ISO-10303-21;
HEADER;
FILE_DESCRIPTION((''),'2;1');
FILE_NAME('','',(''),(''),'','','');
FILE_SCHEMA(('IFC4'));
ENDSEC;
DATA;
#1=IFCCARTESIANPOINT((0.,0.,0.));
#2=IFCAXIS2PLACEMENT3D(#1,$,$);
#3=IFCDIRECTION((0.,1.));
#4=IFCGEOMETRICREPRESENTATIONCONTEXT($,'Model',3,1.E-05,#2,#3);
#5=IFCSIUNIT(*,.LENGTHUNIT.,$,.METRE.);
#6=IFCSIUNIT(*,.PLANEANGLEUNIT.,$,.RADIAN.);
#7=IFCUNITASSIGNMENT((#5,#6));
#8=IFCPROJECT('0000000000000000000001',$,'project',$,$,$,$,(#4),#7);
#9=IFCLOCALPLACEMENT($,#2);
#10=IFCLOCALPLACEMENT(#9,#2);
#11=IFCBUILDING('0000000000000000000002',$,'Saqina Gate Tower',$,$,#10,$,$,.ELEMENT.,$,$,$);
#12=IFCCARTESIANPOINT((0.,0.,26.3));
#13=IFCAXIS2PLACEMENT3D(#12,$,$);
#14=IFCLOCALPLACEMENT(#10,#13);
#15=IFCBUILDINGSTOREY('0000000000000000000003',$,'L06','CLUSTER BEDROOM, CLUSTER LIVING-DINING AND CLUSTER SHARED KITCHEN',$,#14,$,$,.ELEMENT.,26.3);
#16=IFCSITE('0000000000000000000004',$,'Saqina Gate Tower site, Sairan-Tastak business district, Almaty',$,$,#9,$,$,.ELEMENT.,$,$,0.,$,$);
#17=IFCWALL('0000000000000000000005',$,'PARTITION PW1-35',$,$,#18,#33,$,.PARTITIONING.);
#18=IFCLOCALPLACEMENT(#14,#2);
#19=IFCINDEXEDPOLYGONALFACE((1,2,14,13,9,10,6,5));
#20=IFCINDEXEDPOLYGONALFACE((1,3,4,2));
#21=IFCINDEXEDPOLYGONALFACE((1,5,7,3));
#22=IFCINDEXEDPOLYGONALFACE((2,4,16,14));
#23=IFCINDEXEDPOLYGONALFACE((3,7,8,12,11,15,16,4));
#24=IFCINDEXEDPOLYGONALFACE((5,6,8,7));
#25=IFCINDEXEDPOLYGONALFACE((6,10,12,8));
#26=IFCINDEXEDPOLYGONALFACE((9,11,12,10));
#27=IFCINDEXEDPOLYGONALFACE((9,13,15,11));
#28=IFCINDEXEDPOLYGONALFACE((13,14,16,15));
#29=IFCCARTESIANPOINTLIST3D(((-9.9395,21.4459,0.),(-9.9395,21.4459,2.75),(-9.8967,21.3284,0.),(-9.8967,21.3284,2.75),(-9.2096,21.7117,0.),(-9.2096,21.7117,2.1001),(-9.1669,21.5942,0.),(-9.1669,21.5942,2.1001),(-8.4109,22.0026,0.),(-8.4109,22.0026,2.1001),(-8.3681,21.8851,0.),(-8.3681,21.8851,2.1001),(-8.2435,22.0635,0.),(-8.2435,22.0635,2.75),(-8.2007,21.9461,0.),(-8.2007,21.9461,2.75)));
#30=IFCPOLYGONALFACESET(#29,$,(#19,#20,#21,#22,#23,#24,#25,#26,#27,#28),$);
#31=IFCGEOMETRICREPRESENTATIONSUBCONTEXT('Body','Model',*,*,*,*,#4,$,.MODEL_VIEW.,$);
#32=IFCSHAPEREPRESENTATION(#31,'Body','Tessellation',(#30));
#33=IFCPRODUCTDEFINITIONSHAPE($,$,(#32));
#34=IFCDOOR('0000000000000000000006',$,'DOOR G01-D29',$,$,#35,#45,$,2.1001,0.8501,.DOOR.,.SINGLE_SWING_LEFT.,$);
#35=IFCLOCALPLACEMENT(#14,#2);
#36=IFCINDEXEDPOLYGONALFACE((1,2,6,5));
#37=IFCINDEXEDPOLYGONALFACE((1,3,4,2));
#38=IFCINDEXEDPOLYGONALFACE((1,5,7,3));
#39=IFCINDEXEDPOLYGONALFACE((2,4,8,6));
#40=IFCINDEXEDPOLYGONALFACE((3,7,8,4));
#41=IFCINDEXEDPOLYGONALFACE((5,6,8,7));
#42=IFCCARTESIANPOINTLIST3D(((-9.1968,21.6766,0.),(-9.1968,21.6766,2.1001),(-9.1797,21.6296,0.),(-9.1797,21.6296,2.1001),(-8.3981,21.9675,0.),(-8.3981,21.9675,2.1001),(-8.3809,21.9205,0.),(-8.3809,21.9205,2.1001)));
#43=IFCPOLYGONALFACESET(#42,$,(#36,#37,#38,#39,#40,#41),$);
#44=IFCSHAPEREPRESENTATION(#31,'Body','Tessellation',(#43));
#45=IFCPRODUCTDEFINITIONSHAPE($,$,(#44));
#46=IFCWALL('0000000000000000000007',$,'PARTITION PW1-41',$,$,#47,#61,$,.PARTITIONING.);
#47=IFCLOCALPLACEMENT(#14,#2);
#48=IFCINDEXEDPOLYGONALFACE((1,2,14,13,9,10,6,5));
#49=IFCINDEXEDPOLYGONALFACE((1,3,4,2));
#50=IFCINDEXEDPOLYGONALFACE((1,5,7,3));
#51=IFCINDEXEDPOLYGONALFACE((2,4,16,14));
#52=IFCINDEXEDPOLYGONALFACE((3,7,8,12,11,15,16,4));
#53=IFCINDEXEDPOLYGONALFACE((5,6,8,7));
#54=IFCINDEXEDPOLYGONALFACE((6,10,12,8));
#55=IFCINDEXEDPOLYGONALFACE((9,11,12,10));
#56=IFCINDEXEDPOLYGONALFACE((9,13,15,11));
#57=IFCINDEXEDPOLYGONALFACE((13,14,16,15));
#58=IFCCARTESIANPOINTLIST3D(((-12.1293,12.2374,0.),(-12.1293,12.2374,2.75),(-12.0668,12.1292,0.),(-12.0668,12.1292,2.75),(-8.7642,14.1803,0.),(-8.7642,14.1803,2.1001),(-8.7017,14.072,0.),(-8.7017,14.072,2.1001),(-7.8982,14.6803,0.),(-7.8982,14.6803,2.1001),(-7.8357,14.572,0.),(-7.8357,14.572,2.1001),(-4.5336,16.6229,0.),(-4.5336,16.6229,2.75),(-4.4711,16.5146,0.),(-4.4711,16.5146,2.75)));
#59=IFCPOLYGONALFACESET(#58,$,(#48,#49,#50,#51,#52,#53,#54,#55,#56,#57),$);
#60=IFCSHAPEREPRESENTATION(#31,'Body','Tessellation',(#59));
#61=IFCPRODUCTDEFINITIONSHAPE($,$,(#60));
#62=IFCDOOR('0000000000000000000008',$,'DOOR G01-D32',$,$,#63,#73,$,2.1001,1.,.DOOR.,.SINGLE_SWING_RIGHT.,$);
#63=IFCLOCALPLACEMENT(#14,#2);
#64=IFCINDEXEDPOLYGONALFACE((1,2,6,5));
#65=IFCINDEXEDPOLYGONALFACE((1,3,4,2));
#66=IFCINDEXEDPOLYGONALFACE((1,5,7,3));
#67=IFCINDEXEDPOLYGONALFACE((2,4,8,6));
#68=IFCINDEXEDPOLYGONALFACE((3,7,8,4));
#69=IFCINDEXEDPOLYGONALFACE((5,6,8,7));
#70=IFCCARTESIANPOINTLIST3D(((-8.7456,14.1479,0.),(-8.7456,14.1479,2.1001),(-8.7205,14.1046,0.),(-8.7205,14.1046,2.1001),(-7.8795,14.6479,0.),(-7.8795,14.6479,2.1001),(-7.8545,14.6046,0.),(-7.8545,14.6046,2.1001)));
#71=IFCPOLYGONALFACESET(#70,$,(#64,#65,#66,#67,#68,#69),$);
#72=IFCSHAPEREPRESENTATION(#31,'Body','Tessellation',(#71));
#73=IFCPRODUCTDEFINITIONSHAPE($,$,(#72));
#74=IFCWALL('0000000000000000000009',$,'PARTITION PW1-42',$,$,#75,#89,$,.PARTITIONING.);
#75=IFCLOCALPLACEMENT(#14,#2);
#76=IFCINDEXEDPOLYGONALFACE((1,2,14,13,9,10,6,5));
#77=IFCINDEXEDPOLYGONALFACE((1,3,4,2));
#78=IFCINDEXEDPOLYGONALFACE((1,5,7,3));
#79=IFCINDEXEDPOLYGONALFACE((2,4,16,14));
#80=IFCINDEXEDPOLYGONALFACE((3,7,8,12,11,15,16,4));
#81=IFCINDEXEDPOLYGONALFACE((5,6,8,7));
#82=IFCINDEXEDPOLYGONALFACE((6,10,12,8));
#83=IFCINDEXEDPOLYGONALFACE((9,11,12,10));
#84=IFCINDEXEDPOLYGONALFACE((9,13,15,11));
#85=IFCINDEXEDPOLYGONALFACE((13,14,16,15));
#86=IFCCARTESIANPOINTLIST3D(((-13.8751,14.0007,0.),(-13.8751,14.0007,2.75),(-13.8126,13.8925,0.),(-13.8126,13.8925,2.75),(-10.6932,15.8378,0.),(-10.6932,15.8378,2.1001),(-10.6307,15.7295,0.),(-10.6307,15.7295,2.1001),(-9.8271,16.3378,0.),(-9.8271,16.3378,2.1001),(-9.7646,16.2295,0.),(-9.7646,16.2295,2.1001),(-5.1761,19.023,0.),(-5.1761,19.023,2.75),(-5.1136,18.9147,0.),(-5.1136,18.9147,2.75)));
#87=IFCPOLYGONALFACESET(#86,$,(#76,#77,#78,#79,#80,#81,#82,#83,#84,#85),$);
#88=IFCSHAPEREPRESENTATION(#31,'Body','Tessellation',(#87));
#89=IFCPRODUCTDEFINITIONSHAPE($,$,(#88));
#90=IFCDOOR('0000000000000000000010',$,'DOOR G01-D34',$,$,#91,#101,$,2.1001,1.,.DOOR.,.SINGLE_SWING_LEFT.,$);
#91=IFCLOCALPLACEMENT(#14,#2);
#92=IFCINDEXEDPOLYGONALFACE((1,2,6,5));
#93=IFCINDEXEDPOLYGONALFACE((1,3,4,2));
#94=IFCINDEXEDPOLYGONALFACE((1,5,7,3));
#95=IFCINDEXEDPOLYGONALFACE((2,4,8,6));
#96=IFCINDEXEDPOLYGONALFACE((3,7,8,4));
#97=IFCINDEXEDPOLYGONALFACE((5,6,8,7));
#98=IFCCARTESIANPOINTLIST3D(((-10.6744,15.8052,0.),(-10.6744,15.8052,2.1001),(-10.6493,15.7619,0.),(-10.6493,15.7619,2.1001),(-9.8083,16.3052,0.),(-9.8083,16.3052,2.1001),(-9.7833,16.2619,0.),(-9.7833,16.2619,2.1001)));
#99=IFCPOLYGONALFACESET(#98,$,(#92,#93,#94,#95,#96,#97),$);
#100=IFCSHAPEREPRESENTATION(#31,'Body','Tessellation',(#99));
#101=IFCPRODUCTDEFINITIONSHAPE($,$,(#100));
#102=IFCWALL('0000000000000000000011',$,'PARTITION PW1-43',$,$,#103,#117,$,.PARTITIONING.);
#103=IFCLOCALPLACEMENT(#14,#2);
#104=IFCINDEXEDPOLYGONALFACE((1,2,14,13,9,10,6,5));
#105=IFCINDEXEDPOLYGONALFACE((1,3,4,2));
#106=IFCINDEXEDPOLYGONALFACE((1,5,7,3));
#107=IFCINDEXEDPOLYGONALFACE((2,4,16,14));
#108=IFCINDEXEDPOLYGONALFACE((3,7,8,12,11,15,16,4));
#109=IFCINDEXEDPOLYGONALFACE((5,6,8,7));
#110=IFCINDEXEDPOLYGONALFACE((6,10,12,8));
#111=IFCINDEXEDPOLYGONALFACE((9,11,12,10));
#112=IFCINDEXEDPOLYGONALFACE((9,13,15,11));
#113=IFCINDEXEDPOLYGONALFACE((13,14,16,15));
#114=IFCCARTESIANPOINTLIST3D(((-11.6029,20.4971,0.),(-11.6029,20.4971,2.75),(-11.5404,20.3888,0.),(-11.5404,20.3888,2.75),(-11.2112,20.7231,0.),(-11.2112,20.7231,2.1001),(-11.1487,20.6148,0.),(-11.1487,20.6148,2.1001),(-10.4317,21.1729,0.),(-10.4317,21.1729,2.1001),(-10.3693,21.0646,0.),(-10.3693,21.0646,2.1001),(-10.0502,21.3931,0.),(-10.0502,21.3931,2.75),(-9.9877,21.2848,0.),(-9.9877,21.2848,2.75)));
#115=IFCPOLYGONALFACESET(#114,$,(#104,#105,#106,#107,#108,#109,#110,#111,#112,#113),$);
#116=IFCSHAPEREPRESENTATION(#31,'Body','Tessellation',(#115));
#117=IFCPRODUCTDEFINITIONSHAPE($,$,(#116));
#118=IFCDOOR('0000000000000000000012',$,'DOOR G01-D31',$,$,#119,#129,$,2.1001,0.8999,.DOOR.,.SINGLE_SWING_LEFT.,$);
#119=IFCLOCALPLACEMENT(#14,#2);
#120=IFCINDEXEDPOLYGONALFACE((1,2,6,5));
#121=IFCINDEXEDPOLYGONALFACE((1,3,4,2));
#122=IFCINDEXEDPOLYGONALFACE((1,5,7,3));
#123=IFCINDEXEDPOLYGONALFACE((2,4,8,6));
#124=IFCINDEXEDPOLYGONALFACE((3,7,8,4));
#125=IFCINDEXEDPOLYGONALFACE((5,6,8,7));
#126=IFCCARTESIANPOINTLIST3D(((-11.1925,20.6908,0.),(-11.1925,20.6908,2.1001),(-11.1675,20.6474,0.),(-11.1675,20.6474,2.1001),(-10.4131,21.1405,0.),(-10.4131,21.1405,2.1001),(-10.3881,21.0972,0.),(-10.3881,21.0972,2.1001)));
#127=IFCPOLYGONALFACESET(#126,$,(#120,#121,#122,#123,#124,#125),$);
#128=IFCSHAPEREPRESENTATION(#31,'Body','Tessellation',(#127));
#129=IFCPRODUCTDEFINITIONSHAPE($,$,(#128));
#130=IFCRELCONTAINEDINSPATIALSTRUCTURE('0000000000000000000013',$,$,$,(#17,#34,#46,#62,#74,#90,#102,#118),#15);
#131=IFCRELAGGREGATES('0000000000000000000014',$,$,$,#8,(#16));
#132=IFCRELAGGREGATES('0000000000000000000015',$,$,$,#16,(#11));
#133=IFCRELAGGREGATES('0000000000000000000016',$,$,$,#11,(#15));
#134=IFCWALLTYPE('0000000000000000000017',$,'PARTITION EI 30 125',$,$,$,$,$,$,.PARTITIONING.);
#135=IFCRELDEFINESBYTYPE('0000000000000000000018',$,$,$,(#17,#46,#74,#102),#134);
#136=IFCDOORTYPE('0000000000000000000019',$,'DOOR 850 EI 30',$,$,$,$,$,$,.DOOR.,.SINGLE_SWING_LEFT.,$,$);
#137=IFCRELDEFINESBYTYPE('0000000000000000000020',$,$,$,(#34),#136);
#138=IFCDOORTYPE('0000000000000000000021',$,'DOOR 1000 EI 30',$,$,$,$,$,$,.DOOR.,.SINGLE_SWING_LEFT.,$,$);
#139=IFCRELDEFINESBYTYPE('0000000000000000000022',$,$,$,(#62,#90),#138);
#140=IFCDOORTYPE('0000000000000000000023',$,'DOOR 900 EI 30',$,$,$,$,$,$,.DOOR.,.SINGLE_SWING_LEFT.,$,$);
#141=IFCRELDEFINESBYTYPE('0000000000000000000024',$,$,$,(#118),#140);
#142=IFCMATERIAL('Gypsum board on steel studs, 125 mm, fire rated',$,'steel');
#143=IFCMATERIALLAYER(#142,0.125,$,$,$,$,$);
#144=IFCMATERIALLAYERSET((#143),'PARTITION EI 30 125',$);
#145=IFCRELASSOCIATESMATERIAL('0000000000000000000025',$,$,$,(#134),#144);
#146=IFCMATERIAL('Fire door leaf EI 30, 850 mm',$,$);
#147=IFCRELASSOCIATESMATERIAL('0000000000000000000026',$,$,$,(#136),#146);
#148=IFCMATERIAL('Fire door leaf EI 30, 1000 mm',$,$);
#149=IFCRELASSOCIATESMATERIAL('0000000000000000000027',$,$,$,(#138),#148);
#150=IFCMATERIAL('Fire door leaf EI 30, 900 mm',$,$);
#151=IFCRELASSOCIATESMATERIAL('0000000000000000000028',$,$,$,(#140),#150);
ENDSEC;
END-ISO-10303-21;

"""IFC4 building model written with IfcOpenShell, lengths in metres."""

from ifc_helpers import new_model, si_unit, direction, frame, frame_2d, origin, place, context, subcontext, project, spatial, rectangle, extrude, material, layer, layer_set, type_object, element, fill, save


model = new_model("IFC4")

# Units and contexts
model_context = context("Model", 3, precision=1e-05, world=origin(), true_north=direction((0.0, 1.0)))
body_context = subcontext(model_context, "Body", "Model", "MODEL_VIEW")
ifc_project = project(units=[si_unit("LENGTHUNIT", "METRE"), si_unit("PLANEANGLEUNIT", "RADIAN")], contexts=[model_context])

# Site, building, storey
site_placement = place(None, origin())
site = spatial("IfcSite", under=ifc_project, at=site_placement, Name="Saqina Gate Tower site, Sairan-Tastak business district, Almaty", CompositionType="ELEMENT", RefElevation=0.0)
building_placement = place(site_placement, origin())
building = spatial("IfcBuilding", under=site, at=building_placement, Name="Saqina Gate Tower", CompositionType="ELEMENT")
storey_placement = place(building_placement, frame((0.0, 0.0, 26.3)))
storey = spatial("IfcBuildingStorey", under=building, at=storey_placement, Name="L06", Description="CLUSTER BEDROOM, CLUSTER LIVING-DINING AND CLUSTER SHARED KITCHEN", CompositionType="ELEMENT", Elevation=26.3)

# Shared definitions
ifc_material_1 = material(Name="Gypsum board on steel studs, 125 mm, fire rated", Category="steel")
ifc_layer_1 = layer(ifc_material_1, 0.125)
ifc_layer_set_1 = layer_set([ifc_layer_1], Name="PARTITION EI 30 125")
wall_type_1 = type_object("IfcWallType", Name="PARTITION EI 30 125", PredefinedType="PARTITIONING", material=ifc_layer_set_1)

# Walls, openings, doors
wall_1_placement = place(storey_placement, frame((-9.918, 21.3872, 0.0), z_axis=(0.0, 0.0, 1.0), x_axis=(0.939627, 0.342199, 0.0)))
wall_1 = element("IfcWall", 1, at=wall_1_placement, inside=storey, type_object=wall_type_1, Name="PARTITION PW1-35", PredefinedType="PARTITIONING", context=body_context, shape_type="SweptSolid", body=[
    extrude(rectangle(XDim=1.8049, YDim=0.125, at=frame_2d((0.9023, 0.0))), origin(), (0.0, 0.0, 1.0), 2.75),
])
opening_1_placement = place(wall_1_placement, frame((0.7766, 0.0, 0.0)))
opening_1 = element("IfcOpeningElement", 2, at=opening_1_placement, cuts=wall_1, PredefinedType="OPENING", context=body_context, shape_type="SweptSolid", body=[
    extrude(rectangle(XDim=0.8501, YDim=2.1001, at=frame_2d((0.425, 1.05))), frame((0.0, 0.0745, 0.0), z_axis=(0.0, -1.0, 0.0), x_axis=(1.0, 0.0, 0.0)), (0.0, 0.0, 1.0), 0.1489),
])
ifc_material_2 = material(Name="Fire door leaf EI 30, 850 mm")
door_type_1 = type_object("IfcDoorType", Name="DOOR 850 EI 30", OperationType="SINGLE_SWING_LEFT", PredefinedType="DOOR", material=ifc_material_2)
door_1_placement = place(opening_1_placement, frame((0.8501, 0.0, 0.0), z_axis=(0.0, 0.0, 1.0), x_axis=(-1.0, 0.0, 0.0)))
door_1 = element("IfcDoor", 3, at=door_1_placement, inside=storey, type_object=door_type_1, Name="DOOR G01-D29", OperationType="SINGLE_SWING_LEFT", OverallHeight=2.1001, OverallWidth=0.8501, PredefinedType="DOOR", context=body_context, shape_type="SweptSolid", body=[
    extrude(rectangle(XDim=0.8501, YDim=2.1001, at=frame_2d((0.425, 1.05))), frame((0.0, 0.0249, 0.0), z_axis=(0.0, -1.0, 0.0), x_axis=(1.0, 0.0, 0.0)), (0.0, 0.0, 1.0), 0.05),
])
fill(opening_1, door_1)
wall_2_placement = place(storey_placement, frame((-12.0979, 12.1833, 0.0), z_axis=(0.0, 0.0, 1.0), x_axis=(0.86602, 0.50001, 0.0)))
wall_2 = element("IfcWall", 4, at=wall_2_placement, inside=storey, type_object=wall_type_1, Name="PARTITION PW1-41", PredefinedType="PARTITIONING", context=body_context, shape_type="SweptSolid", body=[
    extrude(rectangle(XDim=8.7708, YDim=0.125, at=frame_2d((4.3853, 0.0))), origin(), (0.0, 0.0, 1.0), 2.75),
])
opening_2_placement = place(wall_2_placement, frame((3.8855, 0.0, 0.0)))
opening_2 = element("IfcOpeningElement", 5, at=opening_2_placement, cuts=wall_2, PredefinedType="OPENING", context=body_context, shape_type="SweptSolid", body=[
    extrude(rectangle(XDim=1.0, YDim=2.1001, at=frame_2d((0.5, 1.05))), frame((0.0, 0.0745, 0.0), z_axis=(0.0, -1.0, 0.0), x_axis=(1.0, 0.0, 0.0)), (0.0, 0.0, 1.0), 0.1489),
])
ifc_material_3 = material(Name="Fire door leaf EI 30, 1000 mm")
door_type_2 = type_object("IfcDoorType", Name="DOOR 1000 EI 30", OperationType="SINGLE_SWING_LEFT", PredefinedType="DOOR", material=ifc_material_3)
door_2_placement = place(opening_2_placement, frame((1.0, 0.0, 0.0), z_axis=(0.0, 0.0, 1.0), x_axis=(-1.0, 0.0, 0.0)))
door_2 = element("IfcDoor", 6, at=door_2_placement, inside=storey, type_object=door_type_2, Name="DOOR G01-D32", OperationType="SINGLE_SWING_RIGHT", OverallHeight=2.1001, OverallWidth=1.0, PredefinedType="DOOR", context=body_context, shape_type="SweptSolid", body=[
    extrude(rectangle(XDim=1.0, YDim=2.1001, at=frame_2d((0.5, 1.05))), frame((0.0, 0.0249, 0.0), z_axis=(0.0, -1.0, 0.0), x_axis=(1.0, 0.0, 0.0)), (0.0, 0.0, 1.0), 0.05),
])
fill(opening_2, door_2)
wall_3_placement = place(storey_placement, frame((-13.844, 13.9465, 0.0), z_axis=(0.0, 0.0, 1.0), x_axis=(0.866031, 0.49999, 0.0)))
wall_3 = element("IfcWall", 7, at=wall_3_placement, inside=storey, type_object=wall_type_1, Name="PARTITION PW1-42", PredefinedType="PARTITIONING", context=body_context, shape_type="SweptSolid", body=[
    extrude(rectangle(XDim=10.0447, YDim=0.125, at=frame_2d((5.0225, 0.0))), origin(), (0.0, 0.0, 1.0), 2.75),
])
opening_3_placement = place(wall_3_placement, frame((3.6743, 0.0, 0.0)))
opening_3 = element("IfcOpeningElement", 8, at=opening_3_placement, cuts=wall_3, PredefinedType="OPENING", context=body_context, shape_type="SweptSolid", body=[
    extrude(rectangle(XDim=1.0, YDim=2.1001, at=frame_2d((0.5, 1.05))), frame((0.0, 0.0745, 0.0), z_axis=(0.0, -1.0, 0.0), x_axis=(1.0, 0.0, 0.0)), (0.0, 0.0, 1.0), 0.1489),
])
door_3_placement = place(opening_3_placement, origin())
door_3 = element("IfcDoor", 9, at=door_3_placement, inside=storey, type_object=door_type_2, Name="DOOR G01-D34", OperationType="SINGLE_SWING_LEFT", OverallHeight=2.1001, OverallWidth=1.0, PredefinedType="DOOR", context=body_context, shape_type="SweptSolid", body=[
    extrude(rectangle(XDim=1.0, YDim=2.1001, at=frame_2d((0.5, 1.05))), frame((0.0, 0.0249, 0.0), z_axis=(0.0, -1.0, 0.0), x_axis=(1.0, 0.0, 0.0)), (0.0, 0.0, 1.0), 0.05),
])
fill(opening_3, door_3)
wall_4_placement = place(storey_placement, frame((-11.5718, 20.4429, 0.0), z_axis=(0.0, 0.0, 1.0), x_axis=(0.86614, 0.499801, 0.0)))
wall_4 = element("IfcWall", 10, at=wall_4_placement, inside=storey, type_object=wall_type_1, Name="PARTITION PW1-43", PredefinedType="PARTITIONING", context=body_context, shape_type="SweptSolid", body=[
    extrude(rectangle(XDim=1.7927, YDim=0.125, at=frame_2d((0.8965, 0.0))), origin(), (0.0, 0.0, 1.0), 2.75),
])
opening_4_placement = place(wall_4_placement, frame((0.4524, 0.0, 0.0)))
opening_4 = element("IfcOpeningElement", 11, at=opening_4_placement, cuts=wall_4, PredefinedType="OPENING", context=body_context, shape_type="SweptSolid", body=[
    extrude(rectangle(XDim=0.8999, YDim=2.1001, at=frame_2d((0.45, 1.05))), frame((0.0, 0.0745, 0.0), z_axis=(0.0, -1.0, 0.0), x_axis=(1.0, 0.0, 0.0)), (0.0, 0.0, 1.0), 0.1489),
])
ifc_material_4 = material(Name="Fire door leaf EI 30, 900 mm")
door_type_3 = type_object("IfcDoorType", Name="DOOR 900 EI 30", OperationType="SINGLE_SWING_LEFT", PredefinedType="DOOR", material=ifc_material_4)
door_4_placement = place(opening_4_placement, frame((0.8999, 0.0, 0.0), z_axis=(0.0, 0.0, 1.0), x_axis=(-1.0, 0.0, 0.0)))
door_4 = element("IfcDoor", 12, at=door_4_placement, inside=storey, type_object=door_type_3, Name="DOOR G01-D31", OperationType="SINGLE_SWING_LEFT", OverallHeight=2.1001, OverallWidth=0.8999, PredefinedType="DOOR", context=body_context, shape_type="SweptSolid", body=[
    extrude(rectangle(XDim=0.8999, YDim=2.1001, at=frame_2d((0.45, 1.05))), frame((0.0, 0.0249, 0.0), z_axis=(0.0, -1.0, 0.0), x_axis=(1.0, 0.0, 0.0)), (0.0, 0.0, 1.0), 0.05),
])
fill(opening_4, door_4)

save(model, "model.ifc")
